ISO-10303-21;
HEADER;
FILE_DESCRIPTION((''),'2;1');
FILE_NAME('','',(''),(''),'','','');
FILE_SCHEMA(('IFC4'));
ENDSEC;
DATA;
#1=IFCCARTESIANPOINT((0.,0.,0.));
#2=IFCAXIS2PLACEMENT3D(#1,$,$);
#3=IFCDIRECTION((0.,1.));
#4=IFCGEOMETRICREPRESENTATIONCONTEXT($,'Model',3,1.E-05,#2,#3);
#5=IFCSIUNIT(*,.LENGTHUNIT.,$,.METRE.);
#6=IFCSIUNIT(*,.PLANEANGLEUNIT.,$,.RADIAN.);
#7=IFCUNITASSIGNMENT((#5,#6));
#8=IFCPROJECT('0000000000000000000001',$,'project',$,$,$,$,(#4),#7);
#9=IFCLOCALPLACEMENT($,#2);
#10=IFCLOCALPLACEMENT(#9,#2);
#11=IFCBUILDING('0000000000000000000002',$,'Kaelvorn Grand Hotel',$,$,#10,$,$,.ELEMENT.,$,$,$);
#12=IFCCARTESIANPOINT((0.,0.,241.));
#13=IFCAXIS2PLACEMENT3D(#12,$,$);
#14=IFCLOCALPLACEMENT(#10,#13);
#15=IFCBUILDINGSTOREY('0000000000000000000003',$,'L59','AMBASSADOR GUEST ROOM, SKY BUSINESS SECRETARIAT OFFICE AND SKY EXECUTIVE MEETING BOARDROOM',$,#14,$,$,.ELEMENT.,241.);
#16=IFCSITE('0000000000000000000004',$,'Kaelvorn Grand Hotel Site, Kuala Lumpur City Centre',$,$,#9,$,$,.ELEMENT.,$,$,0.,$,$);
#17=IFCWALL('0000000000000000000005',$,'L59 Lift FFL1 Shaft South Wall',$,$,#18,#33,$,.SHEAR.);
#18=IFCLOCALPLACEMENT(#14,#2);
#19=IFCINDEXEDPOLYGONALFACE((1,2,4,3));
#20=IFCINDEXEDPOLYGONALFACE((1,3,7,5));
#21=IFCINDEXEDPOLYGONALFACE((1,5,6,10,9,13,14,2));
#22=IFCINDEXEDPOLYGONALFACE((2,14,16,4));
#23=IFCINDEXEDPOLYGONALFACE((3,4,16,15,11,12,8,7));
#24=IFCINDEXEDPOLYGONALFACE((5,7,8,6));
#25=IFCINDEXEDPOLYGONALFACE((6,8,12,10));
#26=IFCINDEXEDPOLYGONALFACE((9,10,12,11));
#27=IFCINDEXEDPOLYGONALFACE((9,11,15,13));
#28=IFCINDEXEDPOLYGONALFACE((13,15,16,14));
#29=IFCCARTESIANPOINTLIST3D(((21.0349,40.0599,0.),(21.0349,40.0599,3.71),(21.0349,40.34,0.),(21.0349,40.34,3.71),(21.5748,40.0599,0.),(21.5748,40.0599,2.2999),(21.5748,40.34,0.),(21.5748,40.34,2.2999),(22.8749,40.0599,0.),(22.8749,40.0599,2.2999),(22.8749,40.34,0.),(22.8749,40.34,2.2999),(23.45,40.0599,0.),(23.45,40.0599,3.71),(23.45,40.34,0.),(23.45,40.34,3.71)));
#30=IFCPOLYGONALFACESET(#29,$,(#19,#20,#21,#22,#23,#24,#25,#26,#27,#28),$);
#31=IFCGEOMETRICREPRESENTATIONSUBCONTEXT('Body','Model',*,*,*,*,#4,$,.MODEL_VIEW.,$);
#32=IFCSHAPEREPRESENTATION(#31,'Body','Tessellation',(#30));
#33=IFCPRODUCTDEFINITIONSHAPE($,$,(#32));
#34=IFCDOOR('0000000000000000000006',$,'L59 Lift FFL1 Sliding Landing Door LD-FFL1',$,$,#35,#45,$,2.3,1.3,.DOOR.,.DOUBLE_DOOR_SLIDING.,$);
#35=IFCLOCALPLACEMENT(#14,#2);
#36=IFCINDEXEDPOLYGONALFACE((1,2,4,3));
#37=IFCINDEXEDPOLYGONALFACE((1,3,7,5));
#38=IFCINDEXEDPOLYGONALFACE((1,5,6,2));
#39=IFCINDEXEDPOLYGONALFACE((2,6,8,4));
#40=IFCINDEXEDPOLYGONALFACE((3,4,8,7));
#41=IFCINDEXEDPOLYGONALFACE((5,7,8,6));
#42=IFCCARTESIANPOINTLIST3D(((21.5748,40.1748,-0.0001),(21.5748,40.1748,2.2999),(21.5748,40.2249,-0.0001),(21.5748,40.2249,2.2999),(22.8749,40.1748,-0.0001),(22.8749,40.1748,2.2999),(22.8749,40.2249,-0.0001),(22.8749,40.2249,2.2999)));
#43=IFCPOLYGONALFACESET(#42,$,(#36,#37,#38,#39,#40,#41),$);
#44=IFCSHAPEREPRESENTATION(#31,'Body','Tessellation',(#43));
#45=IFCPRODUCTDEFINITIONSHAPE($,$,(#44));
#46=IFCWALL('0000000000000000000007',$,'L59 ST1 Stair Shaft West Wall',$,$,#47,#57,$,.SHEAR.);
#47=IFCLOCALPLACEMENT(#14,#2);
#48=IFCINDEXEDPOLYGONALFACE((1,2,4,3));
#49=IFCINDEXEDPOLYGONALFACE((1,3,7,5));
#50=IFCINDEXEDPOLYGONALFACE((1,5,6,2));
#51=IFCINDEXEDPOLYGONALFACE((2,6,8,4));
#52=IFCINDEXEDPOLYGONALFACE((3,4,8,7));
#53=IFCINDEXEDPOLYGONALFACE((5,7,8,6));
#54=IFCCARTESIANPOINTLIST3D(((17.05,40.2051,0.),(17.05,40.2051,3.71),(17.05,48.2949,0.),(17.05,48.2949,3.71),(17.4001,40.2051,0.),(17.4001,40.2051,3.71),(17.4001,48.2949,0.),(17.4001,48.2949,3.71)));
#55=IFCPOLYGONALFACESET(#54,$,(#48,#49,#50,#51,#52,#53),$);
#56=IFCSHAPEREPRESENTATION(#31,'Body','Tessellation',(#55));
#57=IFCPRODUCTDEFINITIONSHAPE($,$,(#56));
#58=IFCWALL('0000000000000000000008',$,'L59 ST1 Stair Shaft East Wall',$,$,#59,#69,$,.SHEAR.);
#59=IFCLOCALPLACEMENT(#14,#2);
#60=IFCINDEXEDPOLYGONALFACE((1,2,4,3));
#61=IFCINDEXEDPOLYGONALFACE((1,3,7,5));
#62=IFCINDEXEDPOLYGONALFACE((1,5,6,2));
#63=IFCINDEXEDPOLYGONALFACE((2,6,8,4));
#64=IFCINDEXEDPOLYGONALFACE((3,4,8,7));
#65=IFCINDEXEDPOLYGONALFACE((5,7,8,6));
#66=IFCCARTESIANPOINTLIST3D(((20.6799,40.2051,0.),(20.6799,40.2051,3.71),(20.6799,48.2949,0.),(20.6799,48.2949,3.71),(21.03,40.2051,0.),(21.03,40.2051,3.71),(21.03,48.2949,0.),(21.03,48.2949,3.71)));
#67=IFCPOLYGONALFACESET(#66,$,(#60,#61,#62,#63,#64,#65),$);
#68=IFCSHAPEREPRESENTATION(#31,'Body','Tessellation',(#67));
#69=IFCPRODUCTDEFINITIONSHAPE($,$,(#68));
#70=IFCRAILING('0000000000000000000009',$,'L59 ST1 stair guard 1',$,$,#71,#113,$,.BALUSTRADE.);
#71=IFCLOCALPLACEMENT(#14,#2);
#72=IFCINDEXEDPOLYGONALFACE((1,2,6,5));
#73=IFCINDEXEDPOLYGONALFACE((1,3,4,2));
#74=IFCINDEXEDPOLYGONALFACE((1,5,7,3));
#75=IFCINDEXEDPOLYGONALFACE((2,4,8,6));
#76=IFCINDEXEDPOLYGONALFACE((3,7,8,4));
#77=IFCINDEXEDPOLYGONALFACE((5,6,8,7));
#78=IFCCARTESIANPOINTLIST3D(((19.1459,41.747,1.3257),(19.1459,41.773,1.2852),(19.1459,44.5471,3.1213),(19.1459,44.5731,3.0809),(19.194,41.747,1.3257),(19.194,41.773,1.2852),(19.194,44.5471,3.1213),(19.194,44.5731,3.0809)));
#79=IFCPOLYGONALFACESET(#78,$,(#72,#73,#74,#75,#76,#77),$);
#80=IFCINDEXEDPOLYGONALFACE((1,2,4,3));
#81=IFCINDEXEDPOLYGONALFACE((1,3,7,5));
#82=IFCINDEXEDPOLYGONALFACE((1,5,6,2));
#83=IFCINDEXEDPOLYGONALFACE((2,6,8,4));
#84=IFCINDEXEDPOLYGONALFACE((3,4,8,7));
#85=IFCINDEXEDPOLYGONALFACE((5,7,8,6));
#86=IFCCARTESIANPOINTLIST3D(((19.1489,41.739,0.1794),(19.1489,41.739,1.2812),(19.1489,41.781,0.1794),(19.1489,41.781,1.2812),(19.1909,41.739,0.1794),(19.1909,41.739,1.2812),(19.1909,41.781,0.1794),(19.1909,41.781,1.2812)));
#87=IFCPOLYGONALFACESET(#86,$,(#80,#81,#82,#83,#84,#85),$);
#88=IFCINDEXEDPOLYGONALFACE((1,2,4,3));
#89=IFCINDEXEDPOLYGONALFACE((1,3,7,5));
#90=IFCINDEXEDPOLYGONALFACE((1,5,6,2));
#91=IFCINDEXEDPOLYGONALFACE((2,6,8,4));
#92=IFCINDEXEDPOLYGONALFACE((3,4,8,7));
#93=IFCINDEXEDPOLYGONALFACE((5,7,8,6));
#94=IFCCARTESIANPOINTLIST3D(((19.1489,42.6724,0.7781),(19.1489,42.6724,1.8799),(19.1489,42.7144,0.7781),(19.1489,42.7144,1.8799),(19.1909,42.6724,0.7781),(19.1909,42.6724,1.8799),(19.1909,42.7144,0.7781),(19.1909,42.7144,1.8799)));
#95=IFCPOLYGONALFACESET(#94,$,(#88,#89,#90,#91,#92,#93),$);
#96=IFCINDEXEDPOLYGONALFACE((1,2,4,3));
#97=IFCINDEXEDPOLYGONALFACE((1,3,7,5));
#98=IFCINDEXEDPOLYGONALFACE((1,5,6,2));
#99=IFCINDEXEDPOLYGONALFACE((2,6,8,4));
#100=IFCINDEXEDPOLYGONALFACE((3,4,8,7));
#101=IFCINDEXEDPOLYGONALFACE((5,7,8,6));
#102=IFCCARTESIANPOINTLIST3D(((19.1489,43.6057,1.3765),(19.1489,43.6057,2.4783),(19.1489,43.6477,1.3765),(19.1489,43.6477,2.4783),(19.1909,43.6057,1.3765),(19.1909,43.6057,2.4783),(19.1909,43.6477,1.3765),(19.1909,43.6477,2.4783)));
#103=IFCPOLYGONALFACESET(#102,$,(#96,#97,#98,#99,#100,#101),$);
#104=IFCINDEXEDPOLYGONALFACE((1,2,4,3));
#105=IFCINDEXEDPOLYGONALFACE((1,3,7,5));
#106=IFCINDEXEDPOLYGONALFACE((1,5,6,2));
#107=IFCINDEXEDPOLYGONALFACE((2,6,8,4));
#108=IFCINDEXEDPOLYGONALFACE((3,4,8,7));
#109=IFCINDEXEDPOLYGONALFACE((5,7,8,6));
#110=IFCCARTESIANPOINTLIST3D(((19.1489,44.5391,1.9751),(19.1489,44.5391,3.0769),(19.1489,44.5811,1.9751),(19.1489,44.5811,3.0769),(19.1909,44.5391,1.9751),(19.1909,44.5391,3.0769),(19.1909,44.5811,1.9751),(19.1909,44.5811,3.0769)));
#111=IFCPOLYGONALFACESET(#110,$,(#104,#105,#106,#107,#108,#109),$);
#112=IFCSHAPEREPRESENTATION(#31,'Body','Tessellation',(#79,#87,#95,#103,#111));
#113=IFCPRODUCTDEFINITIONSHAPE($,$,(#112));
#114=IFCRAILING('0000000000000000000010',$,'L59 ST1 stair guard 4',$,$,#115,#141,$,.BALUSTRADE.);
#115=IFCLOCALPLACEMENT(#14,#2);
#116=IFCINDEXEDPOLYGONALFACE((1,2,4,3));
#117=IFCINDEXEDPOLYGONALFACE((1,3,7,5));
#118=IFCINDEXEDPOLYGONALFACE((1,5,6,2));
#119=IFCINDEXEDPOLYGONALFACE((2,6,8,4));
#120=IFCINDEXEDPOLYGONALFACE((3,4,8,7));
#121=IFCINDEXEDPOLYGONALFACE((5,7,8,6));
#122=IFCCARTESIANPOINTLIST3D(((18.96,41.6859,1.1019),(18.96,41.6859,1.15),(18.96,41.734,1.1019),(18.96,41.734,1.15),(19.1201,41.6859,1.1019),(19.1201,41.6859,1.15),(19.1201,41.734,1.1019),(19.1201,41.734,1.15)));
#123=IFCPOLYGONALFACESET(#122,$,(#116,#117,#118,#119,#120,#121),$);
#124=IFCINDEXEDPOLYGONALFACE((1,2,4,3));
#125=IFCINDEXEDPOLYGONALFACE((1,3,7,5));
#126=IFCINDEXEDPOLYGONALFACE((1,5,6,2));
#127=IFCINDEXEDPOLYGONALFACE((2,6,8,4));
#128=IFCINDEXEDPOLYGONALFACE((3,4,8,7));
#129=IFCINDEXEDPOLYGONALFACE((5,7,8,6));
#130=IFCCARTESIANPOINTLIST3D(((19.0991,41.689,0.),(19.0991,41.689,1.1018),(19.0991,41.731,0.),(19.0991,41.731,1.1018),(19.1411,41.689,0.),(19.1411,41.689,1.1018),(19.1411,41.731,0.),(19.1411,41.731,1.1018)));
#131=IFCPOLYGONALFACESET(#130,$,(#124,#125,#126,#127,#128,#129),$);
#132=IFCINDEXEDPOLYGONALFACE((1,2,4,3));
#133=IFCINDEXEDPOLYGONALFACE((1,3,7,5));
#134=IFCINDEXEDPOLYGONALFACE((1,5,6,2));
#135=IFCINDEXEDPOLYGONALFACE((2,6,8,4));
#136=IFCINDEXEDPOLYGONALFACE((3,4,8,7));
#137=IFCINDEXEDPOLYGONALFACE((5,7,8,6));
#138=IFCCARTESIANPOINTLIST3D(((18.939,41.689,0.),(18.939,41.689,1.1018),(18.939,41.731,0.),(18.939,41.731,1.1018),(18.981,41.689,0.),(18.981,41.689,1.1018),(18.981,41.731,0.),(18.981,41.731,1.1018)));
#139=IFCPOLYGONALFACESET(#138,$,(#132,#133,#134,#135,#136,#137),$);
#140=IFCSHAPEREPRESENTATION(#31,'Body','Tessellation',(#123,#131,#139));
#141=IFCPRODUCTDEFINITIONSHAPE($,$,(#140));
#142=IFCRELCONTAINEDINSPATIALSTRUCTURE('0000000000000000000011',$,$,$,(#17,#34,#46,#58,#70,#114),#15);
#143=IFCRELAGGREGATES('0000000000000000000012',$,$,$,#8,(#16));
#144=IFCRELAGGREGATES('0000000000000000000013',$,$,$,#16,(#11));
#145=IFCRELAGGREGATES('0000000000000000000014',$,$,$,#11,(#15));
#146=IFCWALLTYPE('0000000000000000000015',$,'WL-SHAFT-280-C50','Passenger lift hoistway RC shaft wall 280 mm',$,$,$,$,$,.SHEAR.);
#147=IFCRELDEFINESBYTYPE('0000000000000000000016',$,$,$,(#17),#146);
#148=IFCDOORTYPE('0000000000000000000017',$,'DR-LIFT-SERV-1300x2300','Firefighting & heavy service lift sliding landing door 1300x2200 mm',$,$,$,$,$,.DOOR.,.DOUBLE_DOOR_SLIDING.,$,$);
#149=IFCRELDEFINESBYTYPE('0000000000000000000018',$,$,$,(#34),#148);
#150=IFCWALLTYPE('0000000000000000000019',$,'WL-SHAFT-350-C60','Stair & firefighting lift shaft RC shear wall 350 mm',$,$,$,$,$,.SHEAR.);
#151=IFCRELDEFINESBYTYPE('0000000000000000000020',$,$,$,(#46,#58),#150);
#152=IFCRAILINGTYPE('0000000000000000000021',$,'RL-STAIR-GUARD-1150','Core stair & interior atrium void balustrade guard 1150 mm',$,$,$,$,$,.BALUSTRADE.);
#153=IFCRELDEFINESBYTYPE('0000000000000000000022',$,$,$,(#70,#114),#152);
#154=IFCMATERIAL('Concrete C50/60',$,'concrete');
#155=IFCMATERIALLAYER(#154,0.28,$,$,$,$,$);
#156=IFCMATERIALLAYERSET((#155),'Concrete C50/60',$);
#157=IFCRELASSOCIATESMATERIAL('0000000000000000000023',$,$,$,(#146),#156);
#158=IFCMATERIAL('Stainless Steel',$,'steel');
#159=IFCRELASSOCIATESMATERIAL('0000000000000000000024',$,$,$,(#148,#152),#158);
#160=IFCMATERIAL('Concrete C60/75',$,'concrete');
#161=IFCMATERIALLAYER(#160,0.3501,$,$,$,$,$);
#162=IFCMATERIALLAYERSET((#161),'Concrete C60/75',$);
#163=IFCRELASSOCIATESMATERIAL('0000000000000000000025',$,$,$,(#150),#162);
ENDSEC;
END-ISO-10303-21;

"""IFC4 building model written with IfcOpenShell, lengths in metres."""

from ifc_helpers import new_model, si_unit, direction, frame, frame_2d, origin, origin_2d, place, context, subcontext, project, spatial, rectangle, extrude, material, layer, layer_set, type_object, element, fill, save


model = new_model("IFC4")

# Units and contexts
model_context = context("Model", 3, precision=1e-05, world=origin(), true_north=direction((0.0, 1.0)))
body_context = subcontext(model_context, "Body", "Model", "MODEL_VIEW")
ifc_project = project(units=[si_unit("LENGTHUNIT", "METRE"), si_unit("PLANEANGLEUNIT", "RADIAN")], contexts=[model_context])

# Site, building, storey
site_placement = place(None, origin())
site = spatial("IfcSite", under=ifc_project, at=site_placement, Name="Kaelvorn Grand Hotel Site, Kuala Lumpur City Centre", CompositionType="ELEMENT", RefElevation=0.0)
building_placement = place(site_placement, origin())
building = spatial("IfcBuilding", under=site, at=building_placement, Name="Kaelvorn Grand Hotel", CompositionType="ELEMENT")
storey_placement = place(building_placement, frame((0.0, 0.0, 241.0)))
storey = spatial("IfcBuildingStorey", under=building, at=storey_placement, Name="L59", Description="AMBASSADOR GUEST ROOM, SKY BUSINESS SECRETARIAT OFFICE AND SKY EXECUTIVE MEETING BOARDROOM", CompositionType="ELEMENT", Elevation=241.0)

# Shared definitions
ifc_material_1 = material(Name="Concrete C50/60", Category="concrete")

# Wall, opening, door
ifc_layer_1 = layer(ifc_material_1, 0.28)
ifc_layer_set_1 = layer_set([ifc_layer_1], Name="Concrete C50/60")
wall_type_1 = type_object("IfcWallType", Name="WL-SHAFT-280-C50", Description="Passenger lift hoistway RC shaft wall 280 mm", PredefinedType="SHEAR", material=ifc_layer_set_1)
wall_1_placement = place(storey_placement, frame((21.0349, 40.2, 0.0), z_axis=(0.0, 0.0, 1.0), x_axis=(1.0, 0.0, 0.0)))
wall_1 = element("IfcWall", 1, at=wall_1_placement, inside=storey, type_object=wall_type_1, Name="L59 Lift FFL1 Shaft South Wall", PredefinedType="SHEAR", context=body_context, shape_type="SweptSolid", body=[
    extrude(rectangle(XDim=2.415, YDim=0.28, at=frame_2d((1.2075, 0.0))), origin(), (0.0, 0.0, 1.0), 3.71),
])
opening_1_placement = place(wall_1_placement, frame((0.54, 0.0, 0.0)))
opening_1 = element("IfcOpeningElement", 2, at=opening_1_placement, cuts=wall_1, PredefinedType="OPENING", context=body_context, shape_type="SweptSolid", body=[
    extrude(rectangle(XDim=1.3, YDim=2.3, at=frame_2d((0.6499, 1.1499))), frame((0.0, 0.1499, 0.0), z_axis=(0.0, -1.0, 0.0), x_axis=(1.0, 0.0, 0.0)), (0.0, 0.0, 1.0), 0.3),
])
ifc_material_2 = material(Name="Stainless Steel", Category="steel")
door_type_1 = type_object("IfcDoorType", Name="DR-LIFT-SERV-1300x2300", Description="Firefighting & heavy service lift sliding landing door 1300x2200 mm", OperationType="DOUBLE_DOOR_SLIDING", PredefinedType="DOOR", material=ifc_material_2)
door_1_placement = place(opening_1_placement, origin())
door_1 = element("IfcDoor", 3, at=door_1_placement, inside=storey, type_object=door_type_1, Name="L59 Lift FFL1 Sliding Landing Door LD-FFL1", OperationType="DOUBLE_DOOR_SLIDING", OverallHeight=2.3, OverallWidth=1.3, PredefinedType="DOOR", context=body_context, shape_type="SweptSolid", body=[
    extrude(rectangle(XDim=1.3, YDim=2.3, at=frame_2d((0.6499, 1.1499))), frame((0.0, 0.0249, 0.0), z_axis=(0.0, -1.0, 0.0), x_axis=(1.0, 0.0, 0.0)), (0.0, 0.0, 1.0), 0.05),
])
fill(opening_1, door_1)
ifc_material_3 = material(Name="Concrete C60/75", Category="concrete")
ifc_layer_2 = layer(ifc_material_3, 0.3501)
ifc_layer_set_2 = layer_set([ifc_layer_2], Name="Concrete C60/75")
wall_type_2 = type_object("IfcWallType", Name="WL-SHAFT-350-C60", Description="Stair & firefighting lift shaft RC shear wall 350 mm", PredefinedType="SHEAR", material=ifc_layer_set_2)

# Walls
for number, where, z_axis, x_axis, name in (
    (4, (17.2251, 40.2051, 0.0), (0.0, 0.0, 1.0), (0.0, 1.0, 0.0), "L59 ST1 Stair Shaft West Wall"),
    (5, (20.855, 40.2051, 0.0), (0.0, 0.0, 1.0), (0.0, 1.0, 0.0), "L59 ST1 Stair Shaft East Wall"),
):
    element("IfcWall", number, at=place(storey_placement, frame(where, z_axis=z_axis, x_axis=x_axis)), inside=storey, type_object=wall_type_2, Name=name, PredefinedType="SHEAR", context=body_context, shape_type="SweptSolid", body=[
        extrude(rectangle(XDim=8.0898, YDim=0.3501, at=frame_2d((4.0449, 0.0))), origin(), (0.0, 0.0, 1.0), 3.71),
    ])

# Railings
railing_type = type_object("IfcRailingType", Name="RL-STAIR-GUARD-1150", Description="Core stair & interior atrium void balustrade guard 1150 mm", PredefinedType="BALUSTRADE", material=ifc_material_2)
railing_1_placement = place(storey_placement, frame((19.1699, 41.76, 0.1794)))
element("IfcRailing", 6, at=railing_1_placement, inside=storey, type_object=railing_type, Name="L59 ST1 stair guard 1", PredefinedType="BALUSTRADE", context=body_context, shape_type="SweptSolid", body=[
    extrude(rectangle(XDim=0.0481, YDim=0.0481, at=origin_2d()), frame((0.0, 0.0, 1.126), z_axis=(0.0, 0.841777, 0.539826), x_axis=(-1.0, 0.0, 0.0)), (0.0, 0.0, 1.0), 3.3264),
    extrude(rectangle(XDim=0.042, YDim=0.042, at=origin_2d()), origin(), (0.0, 0.0, 1.0), 1.1018),
    extrude(rectangle(XDim=0.042, YDim=0.042, at=origin_2d()), frame((0.0, 0.9333, 0.5986)), (0.0, 0.0, 1.0), 1.1018),
    extrude(rectangle(XDim=0.042, YDim=0.042, at=origin_2d()), frame((0.0, 1.8667, 1.197)), (0.0, 0.0, 1.0), 1.1018),
    extrude(rectangle(XDim=0.042, YDim=0.042, at=origin_2d()), frame((0.0, 2.8, 1.7957)), (0.0, 0.0, 1.0), 1.1018),
])
railing_2_placement = place(storey_placement, frame((19.1201, 41.71, 0.0)))
element("IfcRailing", 7, at=railing_2_placement, inside=storey, type_object=railing_type, Name="L59 ST1 stair guard 4", PredefinedType="BALUSTRADE", context=body_context, shape_type="SweptSolid", body=[
    extrude(rectangle(XDim=0.0481, YDim=0.0481, at=origin_2d()), frame((0.0, 0.0, 1.126), z_axis=(-1.0, 0.0, 0.0), x_axis=(0.0, -1.0, 0.0)), (0.0, 0.0, 1.0), 0.1602),
    extrude(rectangle(XDim=0.042, YDim=0.042, at=origin_2d()), origin(), (0.0, 0.0, 1.0), 1.1018),
    extrude(rectangle(XDim=0.042, YDim=0.042, at=origin_2d()), frame((-0.1602, 0.0, 0.0)), (0.0, 0.0, 1.0), 1.1018),
])

save(model, "model.ifc")
